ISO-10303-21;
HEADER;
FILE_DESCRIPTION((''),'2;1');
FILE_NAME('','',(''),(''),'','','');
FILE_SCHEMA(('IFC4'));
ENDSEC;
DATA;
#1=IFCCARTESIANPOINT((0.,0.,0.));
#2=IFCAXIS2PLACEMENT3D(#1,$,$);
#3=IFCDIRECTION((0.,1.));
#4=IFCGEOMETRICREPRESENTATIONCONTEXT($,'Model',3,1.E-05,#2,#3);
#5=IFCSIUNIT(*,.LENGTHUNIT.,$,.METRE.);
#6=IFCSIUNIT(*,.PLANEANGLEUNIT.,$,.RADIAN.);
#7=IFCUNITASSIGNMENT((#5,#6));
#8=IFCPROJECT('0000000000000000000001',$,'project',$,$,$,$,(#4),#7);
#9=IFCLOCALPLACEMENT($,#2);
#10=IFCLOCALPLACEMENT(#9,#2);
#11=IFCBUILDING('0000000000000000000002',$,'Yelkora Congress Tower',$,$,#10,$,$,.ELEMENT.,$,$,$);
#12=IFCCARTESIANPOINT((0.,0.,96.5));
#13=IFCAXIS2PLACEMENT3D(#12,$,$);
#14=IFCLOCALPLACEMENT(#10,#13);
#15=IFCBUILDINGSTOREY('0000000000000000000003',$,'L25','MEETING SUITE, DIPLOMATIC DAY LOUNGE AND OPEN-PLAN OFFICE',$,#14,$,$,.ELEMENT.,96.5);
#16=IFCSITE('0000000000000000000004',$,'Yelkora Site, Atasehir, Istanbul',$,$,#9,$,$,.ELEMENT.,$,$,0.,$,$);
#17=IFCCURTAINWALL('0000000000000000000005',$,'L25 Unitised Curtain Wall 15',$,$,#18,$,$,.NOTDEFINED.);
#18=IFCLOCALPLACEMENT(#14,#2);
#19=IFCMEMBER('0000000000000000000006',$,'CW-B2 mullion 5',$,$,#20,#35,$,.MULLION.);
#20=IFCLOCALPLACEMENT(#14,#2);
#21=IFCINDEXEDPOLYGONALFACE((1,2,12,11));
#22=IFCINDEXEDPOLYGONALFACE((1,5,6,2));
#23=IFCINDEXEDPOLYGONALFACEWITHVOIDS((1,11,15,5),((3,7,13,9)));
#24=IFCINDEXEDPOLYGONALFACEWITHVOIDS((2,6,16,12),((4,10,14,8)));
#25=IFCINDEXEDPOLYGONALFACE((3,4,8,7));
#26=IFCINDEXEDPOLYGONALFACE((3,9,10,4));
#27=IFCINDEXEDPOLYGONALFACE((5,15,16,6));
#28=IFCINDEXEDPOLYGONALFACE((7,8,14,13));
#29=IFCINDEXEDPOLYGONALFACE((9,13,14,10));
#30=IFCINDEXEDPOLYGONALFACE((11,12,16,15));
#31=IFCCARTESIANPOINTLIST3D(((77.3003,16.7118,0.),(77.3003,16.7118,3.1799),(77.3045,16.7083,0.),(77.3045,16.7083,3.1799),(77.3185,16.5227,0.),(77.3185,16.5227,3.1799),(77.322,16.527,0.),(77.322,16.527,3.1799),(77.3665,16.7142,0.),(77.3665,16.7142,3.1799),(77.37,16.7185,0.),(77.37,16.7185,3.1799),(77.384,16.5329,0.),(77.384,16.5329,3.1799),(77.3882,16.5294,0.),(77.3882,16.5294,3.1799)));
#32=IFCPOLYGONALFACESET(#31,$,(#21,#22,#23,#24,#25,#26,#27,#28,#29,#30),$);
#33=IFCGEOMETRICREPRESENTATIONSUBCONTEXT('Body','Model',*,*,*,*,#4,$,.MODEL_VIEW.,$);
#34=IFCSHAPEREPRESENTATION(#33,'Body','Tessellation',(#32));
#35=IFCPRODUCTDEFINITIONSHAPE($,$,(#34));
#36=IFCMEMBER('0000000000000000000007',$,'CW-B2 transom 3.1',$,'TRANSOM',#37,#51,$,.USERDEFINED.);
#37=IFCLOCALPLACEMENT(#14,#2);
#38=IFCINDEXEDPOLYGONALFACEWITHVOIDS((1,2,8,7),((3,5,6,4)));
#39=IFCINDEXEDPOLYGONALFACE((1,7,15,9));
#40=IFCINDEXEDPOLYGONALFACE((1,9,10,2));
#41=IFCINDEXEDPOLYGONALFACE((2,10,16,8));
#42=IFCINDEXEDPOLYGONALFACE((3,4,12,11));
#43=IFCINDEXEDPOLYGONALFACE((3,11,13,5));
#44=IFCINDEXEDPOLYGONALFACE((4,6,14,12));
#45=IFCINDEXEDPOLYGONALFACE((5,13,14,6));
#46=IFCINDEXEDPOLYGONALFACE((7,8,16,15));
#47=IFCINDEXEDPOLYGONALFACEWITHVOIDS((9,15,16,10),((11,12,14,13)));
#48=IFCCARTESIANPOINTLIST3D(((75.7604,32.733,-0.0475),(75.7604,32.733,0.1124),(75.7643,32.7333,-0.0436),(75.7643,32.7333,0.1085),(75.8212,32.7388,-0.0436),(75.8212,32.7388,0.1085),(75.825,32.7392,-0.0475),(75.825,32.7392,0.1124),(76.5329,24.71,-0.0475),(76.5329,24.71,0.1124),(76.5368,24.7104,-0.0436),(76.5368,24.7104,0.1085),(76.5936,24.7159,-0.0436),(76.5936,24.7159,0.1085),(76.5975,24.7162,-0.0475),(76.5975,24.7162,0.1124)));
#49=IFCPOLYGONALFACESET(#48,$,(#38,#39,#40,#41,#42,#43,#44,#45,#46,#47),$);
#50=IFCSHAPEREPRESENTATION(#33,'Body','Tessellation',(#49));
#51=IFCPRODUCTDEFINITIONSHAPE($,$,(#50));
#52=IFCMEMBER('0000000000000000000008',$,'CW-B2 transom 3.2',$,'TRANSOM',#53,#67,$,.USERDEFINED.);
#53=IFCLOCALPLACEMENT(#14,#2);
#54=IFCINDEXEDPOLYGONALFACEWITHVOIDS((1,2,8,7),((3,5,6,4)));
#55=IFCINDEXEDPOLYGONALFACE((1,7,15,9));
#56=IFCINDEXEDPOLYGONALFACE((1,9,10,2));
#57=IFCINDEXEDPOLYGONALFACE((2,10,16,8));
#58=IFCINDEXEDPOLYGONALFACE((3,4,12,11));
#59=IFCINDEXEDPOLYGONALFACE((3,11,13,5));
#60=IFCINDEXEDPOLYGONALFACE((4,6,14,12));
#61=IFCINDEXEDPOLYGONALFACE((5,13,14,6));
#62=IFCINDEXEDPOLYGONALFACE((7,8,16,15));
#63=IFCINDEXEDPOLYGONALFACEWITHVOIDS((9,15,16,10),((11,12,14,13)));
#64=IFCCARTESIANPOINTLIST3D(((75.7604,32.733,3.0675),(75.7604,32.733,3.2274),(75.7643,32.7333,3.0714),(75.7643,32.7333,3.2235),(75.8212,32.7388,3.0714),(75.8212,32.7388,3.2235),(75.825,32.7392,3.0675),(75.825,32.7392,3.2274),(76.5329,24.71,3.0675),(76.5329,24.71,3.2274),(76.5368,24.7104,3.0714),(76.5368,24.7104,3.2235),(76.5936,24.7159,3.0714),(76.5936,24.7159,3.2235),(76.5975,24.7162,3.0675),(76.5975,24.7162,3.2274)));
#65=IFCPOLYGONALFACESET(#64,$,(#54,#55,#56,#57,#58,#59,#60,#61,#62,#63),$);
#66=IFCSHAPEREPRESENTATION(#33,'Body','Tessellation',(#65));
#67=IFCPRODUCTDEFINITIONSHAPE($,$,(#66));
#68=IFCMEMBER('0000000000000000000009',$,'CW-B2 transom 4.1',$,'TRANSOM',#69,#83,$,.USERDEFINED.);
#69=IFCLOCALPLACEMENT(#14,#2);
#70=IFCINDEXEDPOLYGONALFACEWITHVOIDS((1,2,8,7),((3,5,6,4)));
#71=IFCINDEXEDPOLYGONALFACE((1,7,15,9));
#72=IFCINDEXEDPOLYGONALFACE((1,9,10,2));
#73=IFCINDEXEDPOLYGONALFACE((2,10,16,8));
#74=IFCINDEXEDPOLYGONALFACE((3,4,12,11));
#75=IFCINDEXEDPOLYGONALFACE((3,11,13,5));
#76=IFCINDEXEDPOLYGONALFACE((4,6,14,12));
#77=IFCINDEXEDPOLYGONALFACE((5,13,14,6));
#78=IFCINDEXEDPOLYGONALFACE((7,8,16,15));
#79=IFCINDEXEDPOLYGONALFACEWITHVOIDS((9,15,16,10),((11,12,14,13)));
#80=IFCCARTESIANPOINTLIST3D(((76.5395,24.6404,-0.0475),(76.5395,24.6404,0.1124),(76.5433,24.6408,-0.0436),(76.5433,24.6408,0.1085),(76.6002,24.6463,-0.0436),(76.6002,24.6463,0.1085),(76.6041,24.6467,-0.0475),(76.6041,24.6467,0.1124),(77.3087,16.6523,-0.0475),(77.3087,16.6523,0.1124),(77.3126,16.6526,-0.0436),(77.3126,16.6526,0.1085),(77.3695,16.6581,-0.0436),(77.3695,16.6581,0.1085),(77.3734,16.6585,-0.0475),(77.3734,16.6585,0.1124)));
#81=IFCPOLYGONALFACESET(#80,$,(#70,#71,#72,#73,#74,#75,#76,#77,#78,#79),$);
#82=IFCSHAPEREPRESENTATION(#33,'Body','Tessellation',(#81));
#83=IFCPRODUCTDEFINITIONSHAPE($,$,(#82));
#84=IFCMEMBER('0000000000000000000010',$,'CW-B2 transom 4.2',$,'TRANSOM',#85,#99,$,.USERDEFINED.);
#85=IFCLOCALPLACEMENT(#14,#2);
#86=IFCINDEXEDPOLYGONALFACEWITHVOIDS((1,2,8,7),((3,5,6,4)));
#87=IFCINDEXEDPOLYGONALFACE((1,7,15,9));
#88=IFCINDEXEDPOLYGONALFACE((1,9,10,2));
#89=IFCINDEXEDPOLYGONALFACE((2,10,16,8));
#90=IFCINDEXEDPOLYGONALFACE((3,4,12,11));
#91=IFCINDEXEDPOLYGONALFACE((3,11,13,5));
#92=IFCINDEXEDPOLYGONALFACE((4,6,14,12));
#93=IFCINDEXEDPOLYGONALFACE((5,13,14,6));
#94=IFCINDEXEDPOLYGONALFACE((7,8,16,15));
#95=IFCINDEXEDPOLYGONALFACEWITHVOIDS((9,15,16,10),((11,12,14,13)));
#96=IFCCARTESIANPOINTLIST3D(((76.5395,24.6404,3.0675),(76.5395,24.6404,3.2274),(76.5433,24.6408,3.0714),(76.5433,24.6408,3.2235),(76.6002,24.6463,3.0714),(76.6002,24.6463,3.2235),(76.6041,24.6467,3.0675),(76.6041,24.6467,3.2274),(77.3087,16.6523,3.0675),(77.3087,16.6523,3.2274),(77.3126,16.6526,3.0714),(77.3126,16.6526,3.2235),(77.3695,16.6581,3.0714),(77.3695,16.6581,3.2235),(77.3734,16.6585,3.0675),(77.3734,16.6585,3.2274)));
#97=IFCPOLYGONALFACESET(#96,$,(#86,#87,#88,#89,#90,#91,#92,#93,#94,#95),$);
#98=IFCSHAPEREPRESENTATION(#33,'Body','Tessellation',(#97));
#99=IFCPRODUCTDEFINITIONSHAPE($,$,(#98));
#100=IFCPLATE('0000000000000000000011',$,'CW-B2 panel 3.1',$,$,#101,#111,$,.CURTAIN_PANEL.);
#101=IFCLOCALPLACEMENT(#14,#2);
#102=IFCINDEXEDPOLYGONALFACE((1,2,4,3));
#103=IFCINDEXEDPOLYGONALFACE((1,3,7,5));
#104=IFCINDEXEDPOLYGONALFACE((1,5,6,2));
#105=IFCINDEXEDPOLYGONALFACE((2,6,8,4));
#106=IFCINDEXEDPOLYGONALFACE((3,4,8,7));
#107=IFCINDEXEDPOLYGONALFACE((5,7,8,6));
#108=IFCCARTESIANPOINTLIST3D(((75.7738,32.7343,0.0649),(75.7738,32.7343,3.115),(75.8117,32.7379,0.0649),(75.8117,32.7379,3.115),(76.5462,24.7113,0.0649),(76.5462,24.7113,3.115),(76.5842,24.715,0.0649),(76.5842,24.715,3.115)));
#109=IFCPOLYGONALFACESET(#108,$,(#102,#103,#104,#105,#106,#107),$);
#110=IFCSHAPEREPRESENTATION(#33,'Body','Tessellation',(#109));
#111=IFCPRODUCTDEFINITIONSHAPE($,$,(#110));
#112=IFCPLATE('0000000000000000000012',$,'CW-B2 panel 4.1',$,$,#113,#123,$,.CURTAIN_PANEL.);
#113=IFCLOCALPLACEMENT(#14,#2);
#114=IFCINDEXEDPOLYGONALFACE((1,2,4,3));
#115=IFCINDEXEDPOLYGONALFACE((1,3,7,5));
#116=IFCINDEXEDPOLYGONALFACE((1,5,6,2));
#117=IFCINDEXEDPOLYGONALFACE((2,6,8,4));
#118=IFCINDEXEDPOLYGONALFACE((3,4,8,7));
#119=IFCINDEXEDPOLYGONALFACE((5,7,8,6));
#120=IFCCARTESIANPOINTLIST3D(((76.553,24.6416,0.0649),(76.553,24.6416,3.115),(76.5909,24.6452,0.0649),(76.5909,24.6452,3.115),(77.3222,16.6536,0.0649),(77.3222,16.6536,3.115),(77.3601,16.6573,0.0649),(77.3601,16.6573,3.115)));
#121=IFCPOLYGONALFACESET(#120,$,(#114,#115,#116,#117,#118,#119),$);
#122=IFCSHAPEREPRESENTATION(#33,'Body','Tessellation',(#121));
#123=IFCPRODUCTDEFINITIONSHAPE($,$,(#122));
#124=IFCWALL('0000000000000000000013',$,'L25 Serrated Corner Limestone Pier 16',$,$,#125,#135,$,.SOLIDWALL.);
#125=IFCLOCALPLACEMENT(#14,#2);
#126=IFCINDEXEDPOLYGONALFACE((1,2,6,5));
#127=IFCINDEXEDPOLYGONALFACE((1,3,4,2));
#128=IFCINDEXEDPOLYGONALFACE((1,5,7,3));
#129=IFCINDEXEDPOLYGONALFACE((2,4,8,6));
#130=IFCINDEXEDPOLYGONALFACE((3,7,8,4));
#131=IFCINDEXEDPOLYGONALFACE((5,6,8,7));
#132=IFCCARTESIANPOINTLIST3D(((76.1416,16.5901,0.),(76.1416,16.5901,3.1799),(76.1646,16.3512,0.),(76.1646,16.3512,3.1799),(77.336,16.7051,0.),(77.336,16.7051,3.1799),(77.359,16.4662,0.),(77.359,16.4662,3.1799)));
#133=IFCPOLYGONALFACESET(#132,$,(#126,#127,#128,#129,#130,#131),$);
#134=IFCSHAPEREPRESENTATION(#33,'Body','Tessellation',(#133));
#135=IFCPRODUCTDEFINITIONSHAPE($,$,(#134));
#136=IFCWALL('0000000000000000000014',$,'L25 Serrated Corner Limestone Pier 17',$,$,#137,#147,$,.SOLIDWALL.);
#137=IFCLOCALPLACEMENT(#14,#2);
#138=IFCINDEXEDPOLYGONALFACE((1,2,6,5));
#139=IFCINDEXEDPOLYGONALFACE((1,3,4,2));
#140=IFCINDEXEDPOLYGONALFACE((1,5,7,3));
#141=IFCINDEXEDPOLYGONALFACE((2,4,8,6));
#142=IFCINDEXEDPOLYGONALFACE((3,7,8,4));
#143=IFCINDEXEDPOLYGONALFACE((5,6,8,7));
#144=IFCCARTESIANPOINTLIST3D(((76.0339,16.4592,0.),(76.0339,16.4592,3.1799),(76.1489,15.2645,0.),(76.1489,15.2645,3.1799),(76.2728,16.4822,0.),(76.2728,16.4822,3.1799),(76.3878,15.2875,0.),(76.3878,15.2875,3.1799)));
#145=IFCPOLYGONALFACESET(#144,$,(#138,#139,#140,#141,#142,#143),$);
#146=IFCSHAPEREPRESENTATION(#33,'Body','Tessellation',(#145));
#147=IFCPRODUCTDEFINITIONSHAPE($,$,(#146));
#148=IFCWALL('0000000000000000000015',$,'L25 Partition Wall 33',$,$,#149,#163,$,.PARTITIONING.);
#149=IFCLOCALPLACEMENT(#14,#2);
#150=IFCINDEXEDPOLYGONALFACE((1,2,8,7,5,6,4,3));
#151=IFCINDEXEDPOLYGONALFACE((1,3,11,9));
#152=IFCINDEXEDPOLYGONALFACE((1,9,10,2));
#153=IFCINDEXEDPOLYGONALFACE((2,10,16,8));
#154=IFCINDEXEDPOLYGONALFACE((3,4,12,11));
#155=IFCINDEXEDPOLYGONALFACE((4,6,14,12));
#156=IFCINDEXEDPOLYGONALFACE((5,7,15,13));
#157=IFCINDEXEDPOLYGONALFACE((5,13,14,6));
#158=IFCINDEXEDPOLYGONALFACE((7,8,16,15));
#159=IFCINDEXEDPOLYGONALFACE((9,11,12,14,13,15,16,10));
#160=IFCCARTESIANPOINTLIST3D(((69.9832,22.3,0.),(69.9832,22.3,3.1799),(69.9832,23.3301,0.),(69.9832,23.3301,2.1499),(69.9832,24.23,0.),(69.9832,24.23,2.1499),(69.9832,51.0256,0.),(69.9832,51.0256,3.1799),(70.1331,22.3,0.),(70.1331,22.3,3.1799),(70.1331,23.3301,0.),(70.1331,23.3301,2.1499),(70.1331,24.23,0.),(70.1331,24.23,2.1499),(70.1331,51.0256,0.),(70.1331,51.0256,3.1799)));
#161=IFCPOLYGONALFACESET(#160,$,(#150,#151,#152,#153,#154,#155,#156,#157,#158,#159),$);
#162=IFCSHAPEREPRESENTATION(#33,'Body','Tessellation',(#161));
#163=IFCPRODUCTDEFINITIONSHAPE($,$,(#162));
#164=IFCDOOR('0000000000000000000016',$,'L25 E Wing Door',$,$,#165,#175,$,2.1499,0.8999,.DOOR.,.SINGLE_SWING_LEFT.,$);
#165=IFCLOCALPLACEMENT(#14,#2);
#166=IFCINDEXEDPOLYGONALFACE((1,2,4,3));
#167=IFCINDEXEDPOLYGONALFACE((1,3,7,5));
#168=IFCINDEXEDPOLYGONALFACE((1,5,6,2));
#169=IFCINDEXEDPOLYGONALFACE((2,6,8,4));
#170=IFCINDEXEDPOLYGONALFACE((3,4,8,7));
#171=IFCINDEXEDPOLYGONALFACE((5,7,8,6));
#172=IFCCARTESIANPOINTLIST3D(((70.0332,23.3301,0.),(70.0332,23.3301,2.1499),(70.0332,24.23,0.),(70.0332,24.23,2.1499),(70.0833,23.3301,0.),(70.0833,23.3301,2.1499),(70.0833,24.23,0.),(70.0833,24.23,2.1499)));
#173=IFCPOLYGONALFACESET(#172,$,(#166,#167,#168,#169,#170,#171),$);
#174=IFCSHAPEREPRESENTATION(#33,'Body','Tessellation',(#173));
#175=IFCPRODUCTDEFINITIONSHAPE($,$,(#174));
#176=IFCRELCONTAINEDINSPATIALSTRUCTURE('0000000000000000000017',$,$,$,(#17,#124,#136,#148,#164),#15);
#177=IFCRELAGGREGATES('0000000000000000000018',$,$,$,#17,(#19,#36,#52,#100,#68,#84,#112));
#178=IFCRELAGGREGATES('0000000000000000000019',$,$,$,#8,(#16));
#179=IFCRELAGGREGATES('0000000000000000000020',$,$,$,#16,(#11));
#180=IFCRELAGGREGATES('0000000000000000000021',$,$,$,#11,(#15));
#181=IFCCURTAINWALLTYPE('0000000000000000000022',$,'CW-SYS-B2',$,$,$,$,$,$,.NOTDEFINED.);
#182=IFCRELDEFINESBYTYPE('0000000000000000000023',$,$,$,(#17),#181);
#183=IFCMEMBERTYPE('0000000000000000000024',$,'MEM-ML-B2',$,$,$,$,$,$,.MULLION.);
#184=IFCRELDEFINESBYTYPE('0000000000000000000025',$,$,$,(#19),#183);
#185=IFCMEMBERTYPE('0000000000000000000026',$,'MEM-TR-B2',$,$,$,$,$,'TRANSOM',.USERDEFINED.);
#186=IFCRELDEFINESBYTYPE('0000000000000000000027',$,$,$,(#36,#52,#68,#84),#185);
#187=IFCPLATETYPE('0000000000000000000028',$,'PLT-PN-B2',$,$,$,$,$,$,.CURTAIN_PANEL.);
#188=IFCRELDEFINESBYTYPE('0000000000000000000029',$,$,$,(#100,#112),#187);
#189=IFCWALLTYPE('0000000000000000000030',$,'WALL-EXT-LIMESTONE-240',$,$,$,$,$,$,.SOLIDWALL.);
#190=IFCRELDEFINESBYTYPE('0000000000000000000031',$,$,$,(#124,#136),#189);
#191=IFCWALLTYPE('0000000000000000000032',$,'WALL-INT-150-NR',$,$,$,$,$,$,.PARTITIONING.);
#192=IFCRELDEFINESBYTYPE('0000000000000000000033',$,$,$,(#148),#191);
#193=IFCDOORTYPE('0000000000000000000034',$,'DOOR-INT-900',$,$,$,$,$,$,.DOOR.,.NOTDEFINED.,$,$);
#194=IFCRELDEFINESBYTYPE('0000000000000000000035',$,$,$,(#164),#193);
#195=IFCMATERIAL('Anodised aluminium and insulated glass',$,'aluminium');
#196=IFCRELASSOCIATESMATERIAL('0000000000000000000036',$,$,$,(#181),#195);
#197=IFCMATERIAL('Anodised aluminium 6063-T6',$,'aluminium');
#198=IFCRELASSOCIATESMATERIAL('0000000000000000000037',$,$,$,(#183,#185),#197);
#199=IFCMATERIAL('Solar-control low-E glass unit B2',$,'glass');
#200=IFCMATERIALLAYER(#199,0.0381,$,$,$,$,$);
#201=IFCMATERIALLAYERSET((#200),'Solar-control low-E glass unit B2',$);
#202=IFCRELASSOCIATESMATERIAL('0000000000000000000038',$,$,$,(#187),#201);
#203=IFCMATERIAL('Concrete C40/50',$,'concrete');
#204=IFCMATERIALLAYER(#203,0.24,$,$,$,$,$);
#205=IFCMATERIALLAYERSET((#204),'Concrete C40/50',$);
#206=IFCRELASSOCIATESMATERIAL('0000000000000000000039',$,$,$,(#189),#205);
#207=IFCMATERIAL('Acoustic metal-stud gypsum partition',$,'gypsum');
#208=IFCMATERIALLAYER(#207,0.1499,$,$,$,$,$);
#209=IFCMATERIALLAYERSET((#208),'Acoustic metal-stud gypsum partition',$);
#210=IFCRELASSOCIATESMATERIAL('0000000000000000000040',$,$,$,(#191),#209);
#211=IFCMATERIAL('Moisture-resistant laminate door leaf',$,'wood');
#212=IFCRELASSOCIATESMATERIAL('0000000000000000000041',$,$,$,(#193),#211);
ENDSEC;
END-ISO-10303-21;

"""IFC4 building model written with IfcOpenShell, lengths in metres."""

from ifc_helpers import new_model, si_unit, direction, frame, frame_2d, origin, origin_2d, place, context, subcontext, project, spatial, rectangle, hollow_rectangle, extrude, material, layer, layer_set, material_profile, profile_set, type_object, element, fill, aggregate, save


model = new_model("IFC4")

# Units and contexts
model_context = context("Model", 3, precision=1e-05, world=origin(), true_north=direction((0.0, 1.0)))
body_context = subcontext(model_context, "Body", "Model", "MODEL_VIEW")
ifc_project = project(units=[si_unit("LENGTHUNIT", "METRE"), si_unit("PLANEANGLEUNIT", "RADIAN")], contexts=[model_context])

# Site, building, storey
site_placement = place(None, origin())
site = spatial("IfcSite", under=ifc_project, at=site_placement, Name="Yelkora Site, Atasehir, Istanbul", CompositionType="ELEMENT", RefElevation=0.0)
building_placement = place(site_placement, origin())
building = spatial("IfcBuilding", under=site, at=building_placement, Name="Yelkora Congress Tower", CompositionType="ELEMENT")
storey_placement = place(building_placement, frame((0.0, 0.0, 96.5)))
storey = spatial("IfcBuildingStorey", under=building, at=storey_placement, Name="L25", Description="MEETING SUITE, DIPLOMATIC DAY LOUNGE AND OPEN-PLAN OFFICE", CompositionType="ELEMENT", Elevation=96.5)

# Curtain wall, members, plates
ifc_material_1 = material(Name="Anodised aluminium and insulated glass", Category="aluminium")
curtain_wall_type = type_object("IfcCurtainWallType", Name="CW-SYS-B2", PredefinedType="NOTDEFINED", material=ifc_material_1)
curtain_wall_placement = place(storey_placement, origin())
curtain_wall = element("IfcCurtainWall", 1, at=curtain_wall_placement, inside=storey, type_object=curtain_wall_type, Name="L25 Unitised Curtain Wall 15", PredefinedType="NOTDEFINED")
ifc_material_2 = material(Name="Anodised aluminium 6063-T6", Category="aluminium")
ifc_material_profile_1 = material_profile(ifc_material_2, hollow_rectangle(XDim=0.0701, YDim=0.1899, WallThickness=0.0039, at=origin_2d()), Name="ALU 70x190x4")
ifc_profile_set_1 = profile_set([ifc_material_profile_1], Name="Anodised aluminium 6063-T6")
member_type_1 = type_object("IfcMemberType", Name="MEM-ML-B2", PredefinedType="MULLION", material=ifc_profile_set_1)
member_1_placement = place(storey_placement, frame((77.3442, 16.6206, 0.0), z_axis=(0.0, 0.0, 1.0), x_axis=(0.995397, 0.095843, 0.0)))
member_1 = element("IfcMember", 2, at=member_1_placement, type_object=member_type_1, Name="CW-B2 mullion 5", PredefinedType="MULLION", context=body_context, shape_type="SweptSolid", body=[
    extrude(hollow_rectangle(XDim=0.0701, YDim=0.1899, WallThickness=0.0039, at=origin_2d()), origin(), (0.0, 0.0, 1.0), 3.1799),
])
ifc_material_profile_2 = material_profile(ifc_material_2, hollow_rectangle(XDim=0.0649, YDim=0.1599, WallThickness=0.0039, at=origin_2d()), Name="ALU 65x160x4")
ifc_profile_set_2 = profile_set([ifc_material_profile_2], Name="Anodised aluminium 6063-T6")
member_type_2 = type_object("IfcMemberType", Name="MEM-TR-B2", ElementType="TRANSOM", PredefinedType="USERDEFINED", material=ifc_profile_set_2)
member_2_placement = place(storey_placement, frame((75.7927, 32.7361, 0.0325), z_axis=(0.095838, -0.995397, 0.0), x_axis=(0.995397, 0.095838, 0.0)))
member_2 = element("IfcMember", 3, at=member_2_placement, type_object=member_type_2, Name="CW-B2 transom 3.1", ObjectType="TRANSOM", PredefinedType="USERDEFINED", context=body_context, shape_type="SweptSolid", body=[
    extrude(hollow_rectangle(XDim=0.0649, YDim=0.1599, WallThickness=0.0039, at=origin_2d()), origin(), (0.0, 0.0, 1.0), 8.0601),
])
member_3_placement = place(storey_placement, frame((75.7927, 32.7361, 3.1475), z_axis=(0.095838, -0.995397, 0.0), x_axis=(0.995397, 0.095838, 0.0)))
member_3 = element("IfcMember", 4, at=member_3_placement, type_object=member_type_2, Name="CW-B2 transom 3.2", ObjectType="TRANSOM", PredefinedType="USERDEFINED", context=body_context, shape_type="SweptSolid", body=[
    extrude(hollow_rectangle(XDim=0.0649, YDim=0.1599, WallThickness=0.0039, at=origin_2d()), origin(), (0.0, 0.0, 1.0), 8.0601),
])
member_4_placement = place(storey_placement, frame((76.5718, 24.6436, 0.0325), z_axis=(0.095858, -0.995395, 0.0), x_axis=(0.995395, 0.095858, 0.0)))
member_4 = element("IfcMember", 5, at=member_4_placement, type_object=member_type_2, Name="CW-B2 transom 4.1", ObjectType="TRANSOM", PredefinedType="USERDEFINED", context=body_context, shape_type="SweptSolid", body=[
    extrude(hollow_rectangle(XDim=0.0649, YDim=0.1599, WallThickness=0.0039, at=origin_2d()), origin(), (0.0, 0.0, 1.0), 8.0251),
])
member_5_placement = place(storey_placement, frame((76.5718, 24.6436, 3.1475), z_axis=(0.095858, -0.995395, 0.0), x_axis=(0.995395, 0.095858, 0.0)))
member_5 = element("IfcMember", 6, at=member_5_placement, type_object=member_type_2, Name="CW-B2 transom 4.2", ObjectType="TRANSOM", PredefinedType="USERDEFINED", context=body_context, shape_type="SweptSolid", body=[
    extrude(hollow_rectangle(XDim=0.0649, YDim=0.1599, WallThickness=0.0039, at=origin_2d()), origin(), (0.0, 0.0, 1.0), 8.0251),
])
ifc_material_3 = material(Name="Solar-control low-E glass unit B2", Category="glass")
ifc_layer_1 = layer(ifc_material_3, 0.0381)
ifc_layer_set_1 = layer_set([ifc_layer_1], Name="Solar-control low-E glass unit B2")
plate_type = type_object("IfcPlateType", Name="PLT-PN-B2", PredefinedType="CURTAIN_PANEL", material=ifc_layer_set_1)
plate_1_placement = place(storey_placement, frame((76.179, 28.7246, 0.0649), z_axis=(0.0, 0.0, 1.0), x_axis=(0.095843, -0.995397, 0.0)))
plate_1 = element("IfcPlate", 7, at=plate_1_placement, type_object=plate_type, Name="CW-B2 panel 3.1", PredefinedType="CURTAIN_PANEL", context=body_context, shape_type="SweptSolid", body=[
    extrude(rectangle(XDim=8.0601, YDim=0.0381, at=origin_2d()), origin(), (0.0, 0.0, 1.0), 3.05),
])
plate_2_placement = place(storey_placement, frame((76.9565, 20.6494, 0.0649), z_axis=(0.0, 0.0, 1.0), x_axis=(0.095843, -0.995397, 0.0)))
plate_2 = element("IfcPlate", 8, at=plate_2_placement, type_object=plate_type, Name="CW-B2 panel 4.1", PredefinedType="CURTAIN_PANEL", context=body_context, shape_type="SweptSolid", body=[
    extrude(rectangle(XDim=8.0249, YDim=0.0381, at=origin_2d()), origin(), (0.0, 0.0, 1.0), 3.05),
])
aggregate(curtain_wall, [member_1, member_2, member_3, plate_1, member_4, member_5, plate_2])

# Walls
ifc_material_4 = material(Name="Concrete C40/50", Category="concrete")
ifc_layer_2 = layer(ifc_material_4, 0.24)
ifc_layer_set_2 = layer_set([ifc_layer_2], Name="Concrete C40/50")
wall_type_1 = type_object("IfcWallType", Name="WALL-EXT-LIMESTONE-240", PredefinedType="SOLIDWALL", material=ifc_layer_set_2)
wall_1_placement = place(storey_placement, frame((77.3477, 16.5857, 0.0), z_axis=(0.0, 0.0, 1.0), x_axis=(-0.995397, -0.095836, 0.0)))
element("IfcWall", 9, at=wall_1_placement, inside=storey, type_object=wall_type_1, Name="L25 Serrated Corner Limestone Pier 16", PredefinedType="SOLIDWALL", context=body_context, shape_type="SweptSolid", body=[
    extrude(rectangle(XDim=1.2, YDim=0.24, at=frame_2d((0.6001, 0.0))), origin(), (0.0, 0.0, 1.0), 3.1799),
])
wall_2_placement = place(storey_placement, frame((76.1533, 16.4707, 0.0), z_axis=(0.0, 0.0, 1.0), x_axis=(0.095817, -0.995399, 0.0)))
element("IfcWall", 10, at=wall_2_placement, inside=storey, type_object=wall_type_1, Name="L25 Serrated Corner Limestone Pier 17", PredefinedType="SOLIDWALL", context=body_context, shape_type="SweptSolid", body=[
    extrude(rectangle(XDim=1.2002, YDim=0.24, at=frame_2d((0.6001, 0.0))), origin(), (0.0, 0.0, 1.0), 3.1799),
])

# Wall, opening, door
ifc_material_5 = material(Name="Acoustic metal-stud gypsum partition", Category="gypsum")
ifc_layer_3 = layer(ifc_material_5, 0.1499)
ifc_layer_set_3 = layer_set([ifc_layer_3], Name="Acoustic metal-stud gypsum partition")
wall_type_2 = type_object("IfcWallType", Name="WALL-INT-150-NR", PredefinedType="PARTITIONING", material=ifc_layer_set_3)
wall_3_placement = place(storey_placement, frame((70.0581, 22.3, 0.0), z_axis=(0.0, 0.0, 1.0), x_axis=(0.0, 1.0, 0.0)))
wall_3 = element("IfcWall", 11, at=wall_3_placement, inside=storey, type_object=wall_type_2, Name="L25 Partition Wall 33", PredefinedType="PARTITIONING", context=body_context, shape_type="SweptSolid", body=[
    extrude(rectangle(XDim=28.7256, YDim=0.1499, at=frame_2d((14.3628, 0.0))), origin(), (0.0, 0.0, 1.0), 3.1799),
])
opening_placement = place(wall_3_placement, frame((1.03, 0.0, 0.0)))
opening = element("IfcOpeningElement", 12, at=opening_placement, cuts=wall_3, PredefinedType="OPENING", context=body_context, shape_type="SweptSolid", body=[
    extrude(rectangle(XDim=0.8999, YDim=2.1499, at=frame_2d((0.45, 1.075))), frame((0.0, 0.085, 0.0), z_axis=(0.0, -1.0, 0.0), x_axis=(1.0, 0.0, 0.0)), (0.0, 0.0, 1.0), 0.1699),
])
ifc_material_6 = material(Name="Moisture-resistant laminate door leaf", Category="wood")
door_type = type_object("IfcDoorType", Name="DOOR-INT-900", OperationType="NOTDEFINED", PredefinedType="DOOR", material=ifc_material_6)
door_placement = place(opening_placement, origin())
door = element("IfcDoor", 13, at=door_placement, inside=storey, type_object=door_type, Name="L25 E Wing Door", OperationType="SINGLE_SWING_LEFT", OverallHeight=2.1499, OverallWidth=0.8999, PredefinedType="DOOR", context=body_context, shape_type="SweptSolid", body=[
    extrude(rectangle(XDim=0.8999, YDim=2.1499, at=frame_2d((0.45, 1.075))), frame((0.0, 0.0249, 0.0), z_axis=(0.0, -1.0, 0.0), x_axis=(1.0, 0.0, 0.0)), (0.0, 0.0, 1.0), 0.05),
])
fill(opening, door)

save(model, "model.ifc")
